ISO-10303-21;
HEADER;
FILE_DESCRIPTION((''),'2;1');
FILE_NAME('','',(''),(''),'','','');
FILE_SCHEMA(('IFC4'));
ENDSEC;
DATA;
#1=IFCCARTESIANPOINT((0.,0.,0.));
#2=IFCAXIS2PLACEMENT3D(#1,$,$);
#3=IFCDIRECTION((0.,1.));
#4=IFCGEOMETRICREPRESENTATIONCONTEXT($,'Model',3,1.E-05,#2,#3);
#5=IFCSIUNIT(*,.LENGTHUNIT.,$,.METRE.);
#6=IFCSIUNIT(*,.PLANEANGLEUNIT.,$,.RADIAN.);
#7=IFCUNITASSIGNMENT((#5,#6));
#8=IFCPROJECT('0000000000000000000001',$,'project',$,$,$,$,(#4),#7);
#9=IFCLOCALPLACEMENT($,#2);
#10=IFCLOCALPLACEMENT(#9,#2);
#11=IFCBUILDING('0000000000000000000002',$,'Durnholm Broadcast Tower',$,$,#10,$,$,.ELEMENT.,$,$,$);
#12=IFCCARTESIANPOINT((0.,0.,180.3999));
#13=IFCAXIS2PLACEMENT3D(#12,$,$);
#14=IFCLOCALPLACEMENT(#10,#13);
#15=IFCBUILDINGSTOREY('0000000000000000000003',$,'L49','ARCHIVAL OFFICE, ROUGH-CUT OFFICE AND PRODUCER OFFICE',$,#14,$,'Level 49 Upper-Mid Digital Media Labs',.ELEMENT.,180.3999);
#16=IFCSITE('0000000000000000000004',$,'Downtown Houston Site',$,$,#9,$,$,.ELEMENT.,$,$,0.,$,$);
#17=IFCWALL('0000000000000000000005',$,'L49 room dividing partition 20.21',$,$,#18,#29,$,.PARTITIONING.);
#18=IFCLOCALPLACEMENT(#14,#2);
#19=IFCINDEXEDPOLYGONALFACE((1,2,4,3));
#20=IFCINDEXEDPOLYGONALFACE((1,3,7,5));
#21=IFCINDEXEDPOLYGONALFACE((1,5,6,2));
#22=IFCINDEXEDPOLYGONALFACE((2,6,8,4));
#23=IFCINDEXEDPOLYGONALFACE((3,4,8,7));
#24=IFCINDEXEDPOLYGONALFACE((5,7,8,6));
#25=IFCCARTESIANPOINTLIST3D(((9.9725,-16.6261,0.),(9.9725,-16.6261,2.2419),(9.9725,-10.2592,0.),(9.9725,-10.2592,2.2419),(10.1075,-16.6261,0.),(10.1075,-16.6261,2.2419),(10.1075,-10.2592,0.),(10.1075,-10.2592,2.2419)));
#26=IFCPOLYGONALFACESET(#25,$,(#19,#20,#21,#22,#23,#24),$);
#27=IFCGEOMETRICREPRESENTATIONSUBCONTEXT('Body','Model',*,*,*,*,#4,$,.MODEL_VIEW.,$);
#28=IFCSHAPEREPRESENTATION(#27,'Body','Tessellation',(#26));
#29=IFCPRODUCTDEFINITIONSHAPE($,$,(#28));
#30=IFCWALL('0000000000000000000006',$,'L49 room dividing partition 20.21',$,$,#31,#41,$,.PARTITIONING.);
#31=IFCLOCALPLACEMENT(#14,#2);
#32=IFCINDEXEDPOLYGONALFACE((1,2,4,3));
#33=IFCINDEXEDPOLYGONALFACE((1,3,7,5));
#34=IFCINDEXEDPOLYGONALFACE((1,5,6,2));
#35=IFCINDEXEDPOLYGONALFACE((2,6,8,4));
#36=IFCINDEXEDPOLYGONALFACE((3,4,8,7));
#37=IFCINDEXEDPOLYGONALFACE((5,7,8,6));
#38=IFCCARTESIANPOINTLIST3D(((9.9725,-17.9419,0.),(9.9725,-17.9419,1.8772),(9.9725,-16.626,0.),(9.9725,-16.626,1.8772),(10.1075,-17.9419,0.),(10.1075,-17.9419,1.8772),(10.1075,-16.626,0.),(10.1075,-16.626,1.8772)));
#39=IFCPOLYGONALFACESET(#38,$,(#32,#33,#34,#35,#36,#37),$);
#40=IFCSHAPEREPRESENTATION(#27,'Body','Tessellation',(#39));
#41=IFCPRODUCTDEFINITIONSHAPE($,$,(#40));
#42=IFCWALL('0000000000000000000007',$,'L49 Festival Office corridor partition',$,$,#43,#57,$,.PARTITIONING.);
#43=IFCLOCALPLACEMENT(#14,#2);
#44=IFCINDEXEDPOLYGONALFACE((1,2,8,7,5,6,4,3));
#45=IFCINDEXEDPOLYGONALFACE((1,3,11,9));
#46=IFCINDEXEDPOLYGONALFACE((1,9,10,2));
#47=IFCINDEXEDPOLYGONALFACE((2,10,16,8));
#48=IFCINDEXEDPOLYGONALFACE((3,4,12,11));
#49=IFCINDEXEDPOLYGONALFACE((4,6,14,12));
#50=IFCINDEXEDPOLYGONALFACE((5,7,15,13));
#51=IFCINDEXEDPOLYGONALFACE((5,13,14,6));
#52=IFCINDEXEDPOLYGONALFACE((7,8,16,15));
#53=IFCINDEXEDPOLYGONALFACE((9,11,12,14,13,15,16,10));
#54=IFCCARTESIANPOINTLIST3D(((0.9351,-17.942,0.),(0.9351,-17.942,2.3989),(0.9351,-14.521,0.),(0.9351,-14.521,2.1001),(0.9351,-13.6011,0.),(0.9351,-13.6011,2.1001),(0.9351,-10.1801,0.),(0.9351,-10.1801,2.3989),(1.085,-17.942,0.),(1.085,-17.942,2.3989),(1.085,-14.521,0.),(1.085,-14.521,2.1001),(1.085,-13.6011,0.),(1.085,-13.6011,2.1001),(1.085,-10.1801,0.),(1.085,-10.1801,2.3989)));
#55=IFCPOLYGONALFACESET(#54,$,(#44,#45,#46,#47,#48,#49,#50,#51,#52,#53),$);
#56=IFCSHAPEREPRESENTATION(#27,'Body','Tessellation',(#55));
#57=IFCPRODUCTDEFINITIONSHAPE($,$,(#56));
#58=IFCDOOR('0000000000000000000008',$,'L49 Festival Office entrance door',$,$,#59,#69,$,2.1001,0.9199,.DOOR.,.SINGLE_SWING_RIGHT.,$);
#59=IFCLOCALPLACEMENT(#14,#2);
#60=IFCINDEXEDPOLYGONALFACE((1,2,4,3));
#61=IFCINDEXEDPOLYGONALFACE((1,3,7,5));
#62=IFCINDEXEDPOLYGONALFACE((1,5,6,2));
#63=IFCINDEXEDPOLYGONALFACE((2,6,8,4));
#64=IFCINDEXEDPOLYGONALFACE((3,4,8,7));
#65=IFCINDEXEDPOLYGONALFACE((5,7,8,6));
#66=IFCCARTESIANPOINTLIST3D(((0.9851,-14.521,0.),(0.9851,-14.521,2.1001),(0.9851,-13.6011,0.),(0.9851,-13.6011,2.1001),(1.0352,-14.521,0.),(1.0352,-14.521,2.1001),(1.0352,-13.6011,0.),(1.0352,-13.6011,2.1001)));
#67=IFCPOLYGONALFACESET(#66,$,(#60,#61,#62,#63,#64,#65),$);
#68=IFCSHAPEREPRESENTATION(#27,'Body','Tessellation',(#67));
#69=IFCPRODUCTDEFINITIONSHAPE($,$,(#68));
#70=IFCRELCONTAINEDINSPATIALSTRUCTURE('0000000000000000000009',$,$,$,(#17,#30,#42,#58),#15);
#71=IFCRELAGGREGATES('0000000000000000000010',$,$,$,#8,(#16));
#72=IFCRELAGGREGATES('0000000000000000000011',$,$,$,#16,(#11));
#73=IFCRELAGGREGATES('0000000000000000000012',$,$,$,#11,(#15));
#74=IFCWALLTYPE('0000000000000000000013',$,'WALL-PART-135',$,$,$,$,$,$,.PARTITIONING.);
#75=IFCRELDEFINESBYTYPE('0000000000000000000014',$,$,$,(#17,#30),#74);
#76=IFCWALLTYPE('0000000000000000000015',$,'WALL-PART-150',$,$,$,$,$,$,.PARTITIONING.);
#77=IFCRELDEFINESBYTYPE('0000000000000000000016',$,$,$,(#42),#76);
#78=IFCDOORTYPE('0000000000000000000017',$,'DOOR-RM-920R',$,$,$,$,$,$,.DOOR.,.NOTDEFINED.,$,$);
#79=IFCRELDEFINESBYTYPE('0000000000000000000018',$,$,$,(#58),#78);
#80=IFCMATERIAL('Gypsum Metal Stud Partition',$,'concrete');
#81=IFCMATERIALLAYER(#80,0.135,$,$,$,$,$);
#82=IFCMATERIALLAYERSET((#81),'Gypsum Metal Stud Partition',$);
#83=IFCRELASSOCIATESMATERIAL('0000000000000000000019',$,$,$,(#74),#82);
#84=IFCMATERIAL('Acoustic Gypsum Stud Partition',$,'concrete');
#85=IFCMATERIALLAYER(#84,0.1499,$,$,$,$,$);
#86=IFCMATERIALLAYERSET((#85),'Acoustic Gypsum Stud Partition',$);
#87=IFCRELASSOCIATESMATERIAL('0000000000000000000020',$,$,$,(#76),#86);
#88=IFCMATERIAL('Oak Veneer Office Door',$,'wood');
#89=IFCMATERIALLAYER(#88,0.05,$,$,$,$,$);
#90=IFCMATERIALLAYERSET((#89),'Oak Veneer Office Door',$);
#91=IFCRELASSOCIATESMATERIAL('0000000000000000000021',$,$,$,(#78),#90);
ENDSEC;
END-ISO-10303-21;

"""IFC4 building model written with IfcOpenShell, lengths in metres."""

from ifc_helpers import new_model, si_unit, direction, frame, frame_2d, origin, place, context, subcontext, project, spatial, rectangle, extrude, source, transform, mapped, material, layer, layer_set, type_object, type_shapes, element, fill, save


model = new_model("IFC4")

# Units and contexts
model_context = context("Model", 3, precision=1e-05, world=origin(), true_north=direction((0.0, 1.0)))
body_context = subcontext(model_context, "Body", "Model", "MODEL_VIEW")
ifc_project = project(units=[si_unit("LENGTHUNIT", "METRE"), si_unit("PLANEANGLEUNIT", "RADIAN")], contexts=[model_context])

# Site, building, storey
site_placement = place(None, origin())
site = spatial("IfcSite", under=ifc_project, at=site_placement, Name="Downtown Houston Site", CompositionType="ELEMENT", RefElevation=0.0)
building_placement = place(site_placement, origin())
building = spatial("IfcBuilding", under=site, at=building_placement, Name="Durnholm Broadcast Tower", CompositionType="ELEMENT")
storey_placement = place(building_placement, frame((0.0, 0.0, 180.3999)))
storey = spatial("IfcBuildingStorey", under=building, at=storey_placement, Name="L49", Description="ARCHIVAL OFFICE, ROUGH-CUT OFFICE AND PRODUCER OFFICE", LongName="Level 49 Upper-Mid Digital Media Labs", CompositionType="ELEMENT", Elevation=180.3999)

# Walls
ifc_material_1 = material(Name="Gypsum Metal Stud Partition", Category="concrete")
ifc_layer_1 = layer(ifc_material_1, 0.135)
ifc_layer_set_1 = layer_set([ifc_layer_1], Name="Gypsum Metal Stud Partition")
wall_type_1 = type_object("IfcWallType", Name="WALL-PART-135", PredefinedType="PARTITIONING", material=ifc_layer_set_1)
wall_1_placement = place(storey_placement, frame((10.04, -10.259, 0.0), z_axis=(0.0, 0.0, 1.0), x_axis=(0.0, -1.0, 0.0)))
element("IfcWall", 1, at=wall_1_placement, inside=storey, type_object=wall_type_1, Name="L49 room dividing partition 20.21", PredefinedType="PARTITIONING", context=body_context, shape_type="SweptSolid", body=[
    extrude(rectangle(XDim=6.3669, YDim=0.135, at=frame_2d((3.1836, 0.0))), origin(), (0.0, 0.0, 1.0), 2.2419),
])
wall_2_placement = place(storey_placement, frame((10.04, -16.626, 0.0), z_axis=(0.0, 0.0, 1.0), x_axis=(0.0, -1.0, 0.0)))
element("IfcWall", 2, at=wall_2_placement, inside=storey, type_object=wall_type_1, Name="L49 room dividing partition 20.21", PredefinedType="PARTITIONING", context=body_context, shape_type="SweptSolid", body=[
    extrude(rectangle(XDim=1.3159, YDim=0.135, at=frame_2d((0.658, 0.0))), origin(), (0.0, 0.0, 1.0), 1.8772),
])

# Wall, opening, door
ifc_material_2 = material(Name="Acoustic Gypsum Stud Partition", Category="concrete")
ifc_layer_2 = layer(ifc_material_2, 0.1499)
ifc_layer_set_2 = layer_set([ifc_layer_2], Name="Acoustic Gypsum Stud Partition")
wall_type_2 = type_object("IfcWallType", Name="WALL-PART-150", PredefinedType="PARTITIONING", material=ifc_layer_set_2)
wall_3_placement = place(storey_placement, frame((1.01, -17.9419, 0.0), z_axis=(0.0, 0.0, 1.0), x_axis=(0.0, 1.0, 0.0)))
wall_3 = element("IfcWall", 3, at=wall_3_placement, inside=storey, type_object=wall_type_2, Name="L49 Festival Office corridor partition", PredefinedType="PARTITIONING", context=body_context, shape_type="SweptSolid", body=[
    extrude(rectangle(XDim=7.762, YDim=0.1499, at=frame_2d((3.8809, 0.0))), origin(), (0.0, 0.0, 1.0), 2.3989),
])
opening_placement = place(wall_3_placement, frame((3.4209, 0.0, 0.0)))
opening = element("IfcOpeningElement", 4, at=opening_placement, cuts=wall_3, PredefinedType="OPENING", context=body_context, shape_type="SweptSolid", body=[
    extrude(rectangle(XDim=0.9199, YDim=2.1001, at=frame_2d((0.46, 1.05))), frame((0.0, 0.085, 0.0), z_axis=(0.0, -1.0, 0.0), x_axis=(1.0, 0.0, 0.0)), (0.0, 0.0, 1.0), 0.1699),
])
ifc_material_3 = material(Name="Oak Veneer Office Door", Category="wood")
ifc_layer_3 = layer(ifc_material_3, 0.05)
ifc_layer_set_3 = layer_set([ifc_layer_3], Name="Oak Veneer Office Door")
door_type = type_object("IfcDoorType", Name="DOOR-RM-920R", OperationType="NOTDEFINED", PredefinedType="DOOR", material=ifc_layer_set_3)
shared_shape_1 = source(origin(), body_context, "Body", "SweptSolid", [
    extrude(rectangle(XDim=0.9199, YDim=2.1001, at=frame_2d((0.46, 1.05))), frame((0.0, 0.0249, 0.0), z_axis=(0.0, -1.0, 0.0), x_axis=(1.0, 0.0, 0.0)), (0.0, 0.0, 1.0), 0.05),
])
type_shapes(door_type, [shared_shape_1])
door_placement = place(opening_placement, origin())
door = element("IfcDoor", 5, at=door_placement, inside=storey, type_object=door_type, Name="L49 Festival Office entrance door", OperationType="SINGLE_SWING_RIGHT", OverallHeight=2.1001, OverallWidth=0.9199, PredefinedType="DOOR", context=body_context, shape_type="MappedRepresentation", body=[
    mapped(shared_shape_1, transform((0.0, 0.0, 0.0), x_axis=(1.0, 0.0, 0.0), y_axis=(0.0, 1.0, 0.0), z_axis=(0.0, 0.0, 1.0), scale=1.0)),
])
fill(opening, door)

save(model, "model.ifc")
